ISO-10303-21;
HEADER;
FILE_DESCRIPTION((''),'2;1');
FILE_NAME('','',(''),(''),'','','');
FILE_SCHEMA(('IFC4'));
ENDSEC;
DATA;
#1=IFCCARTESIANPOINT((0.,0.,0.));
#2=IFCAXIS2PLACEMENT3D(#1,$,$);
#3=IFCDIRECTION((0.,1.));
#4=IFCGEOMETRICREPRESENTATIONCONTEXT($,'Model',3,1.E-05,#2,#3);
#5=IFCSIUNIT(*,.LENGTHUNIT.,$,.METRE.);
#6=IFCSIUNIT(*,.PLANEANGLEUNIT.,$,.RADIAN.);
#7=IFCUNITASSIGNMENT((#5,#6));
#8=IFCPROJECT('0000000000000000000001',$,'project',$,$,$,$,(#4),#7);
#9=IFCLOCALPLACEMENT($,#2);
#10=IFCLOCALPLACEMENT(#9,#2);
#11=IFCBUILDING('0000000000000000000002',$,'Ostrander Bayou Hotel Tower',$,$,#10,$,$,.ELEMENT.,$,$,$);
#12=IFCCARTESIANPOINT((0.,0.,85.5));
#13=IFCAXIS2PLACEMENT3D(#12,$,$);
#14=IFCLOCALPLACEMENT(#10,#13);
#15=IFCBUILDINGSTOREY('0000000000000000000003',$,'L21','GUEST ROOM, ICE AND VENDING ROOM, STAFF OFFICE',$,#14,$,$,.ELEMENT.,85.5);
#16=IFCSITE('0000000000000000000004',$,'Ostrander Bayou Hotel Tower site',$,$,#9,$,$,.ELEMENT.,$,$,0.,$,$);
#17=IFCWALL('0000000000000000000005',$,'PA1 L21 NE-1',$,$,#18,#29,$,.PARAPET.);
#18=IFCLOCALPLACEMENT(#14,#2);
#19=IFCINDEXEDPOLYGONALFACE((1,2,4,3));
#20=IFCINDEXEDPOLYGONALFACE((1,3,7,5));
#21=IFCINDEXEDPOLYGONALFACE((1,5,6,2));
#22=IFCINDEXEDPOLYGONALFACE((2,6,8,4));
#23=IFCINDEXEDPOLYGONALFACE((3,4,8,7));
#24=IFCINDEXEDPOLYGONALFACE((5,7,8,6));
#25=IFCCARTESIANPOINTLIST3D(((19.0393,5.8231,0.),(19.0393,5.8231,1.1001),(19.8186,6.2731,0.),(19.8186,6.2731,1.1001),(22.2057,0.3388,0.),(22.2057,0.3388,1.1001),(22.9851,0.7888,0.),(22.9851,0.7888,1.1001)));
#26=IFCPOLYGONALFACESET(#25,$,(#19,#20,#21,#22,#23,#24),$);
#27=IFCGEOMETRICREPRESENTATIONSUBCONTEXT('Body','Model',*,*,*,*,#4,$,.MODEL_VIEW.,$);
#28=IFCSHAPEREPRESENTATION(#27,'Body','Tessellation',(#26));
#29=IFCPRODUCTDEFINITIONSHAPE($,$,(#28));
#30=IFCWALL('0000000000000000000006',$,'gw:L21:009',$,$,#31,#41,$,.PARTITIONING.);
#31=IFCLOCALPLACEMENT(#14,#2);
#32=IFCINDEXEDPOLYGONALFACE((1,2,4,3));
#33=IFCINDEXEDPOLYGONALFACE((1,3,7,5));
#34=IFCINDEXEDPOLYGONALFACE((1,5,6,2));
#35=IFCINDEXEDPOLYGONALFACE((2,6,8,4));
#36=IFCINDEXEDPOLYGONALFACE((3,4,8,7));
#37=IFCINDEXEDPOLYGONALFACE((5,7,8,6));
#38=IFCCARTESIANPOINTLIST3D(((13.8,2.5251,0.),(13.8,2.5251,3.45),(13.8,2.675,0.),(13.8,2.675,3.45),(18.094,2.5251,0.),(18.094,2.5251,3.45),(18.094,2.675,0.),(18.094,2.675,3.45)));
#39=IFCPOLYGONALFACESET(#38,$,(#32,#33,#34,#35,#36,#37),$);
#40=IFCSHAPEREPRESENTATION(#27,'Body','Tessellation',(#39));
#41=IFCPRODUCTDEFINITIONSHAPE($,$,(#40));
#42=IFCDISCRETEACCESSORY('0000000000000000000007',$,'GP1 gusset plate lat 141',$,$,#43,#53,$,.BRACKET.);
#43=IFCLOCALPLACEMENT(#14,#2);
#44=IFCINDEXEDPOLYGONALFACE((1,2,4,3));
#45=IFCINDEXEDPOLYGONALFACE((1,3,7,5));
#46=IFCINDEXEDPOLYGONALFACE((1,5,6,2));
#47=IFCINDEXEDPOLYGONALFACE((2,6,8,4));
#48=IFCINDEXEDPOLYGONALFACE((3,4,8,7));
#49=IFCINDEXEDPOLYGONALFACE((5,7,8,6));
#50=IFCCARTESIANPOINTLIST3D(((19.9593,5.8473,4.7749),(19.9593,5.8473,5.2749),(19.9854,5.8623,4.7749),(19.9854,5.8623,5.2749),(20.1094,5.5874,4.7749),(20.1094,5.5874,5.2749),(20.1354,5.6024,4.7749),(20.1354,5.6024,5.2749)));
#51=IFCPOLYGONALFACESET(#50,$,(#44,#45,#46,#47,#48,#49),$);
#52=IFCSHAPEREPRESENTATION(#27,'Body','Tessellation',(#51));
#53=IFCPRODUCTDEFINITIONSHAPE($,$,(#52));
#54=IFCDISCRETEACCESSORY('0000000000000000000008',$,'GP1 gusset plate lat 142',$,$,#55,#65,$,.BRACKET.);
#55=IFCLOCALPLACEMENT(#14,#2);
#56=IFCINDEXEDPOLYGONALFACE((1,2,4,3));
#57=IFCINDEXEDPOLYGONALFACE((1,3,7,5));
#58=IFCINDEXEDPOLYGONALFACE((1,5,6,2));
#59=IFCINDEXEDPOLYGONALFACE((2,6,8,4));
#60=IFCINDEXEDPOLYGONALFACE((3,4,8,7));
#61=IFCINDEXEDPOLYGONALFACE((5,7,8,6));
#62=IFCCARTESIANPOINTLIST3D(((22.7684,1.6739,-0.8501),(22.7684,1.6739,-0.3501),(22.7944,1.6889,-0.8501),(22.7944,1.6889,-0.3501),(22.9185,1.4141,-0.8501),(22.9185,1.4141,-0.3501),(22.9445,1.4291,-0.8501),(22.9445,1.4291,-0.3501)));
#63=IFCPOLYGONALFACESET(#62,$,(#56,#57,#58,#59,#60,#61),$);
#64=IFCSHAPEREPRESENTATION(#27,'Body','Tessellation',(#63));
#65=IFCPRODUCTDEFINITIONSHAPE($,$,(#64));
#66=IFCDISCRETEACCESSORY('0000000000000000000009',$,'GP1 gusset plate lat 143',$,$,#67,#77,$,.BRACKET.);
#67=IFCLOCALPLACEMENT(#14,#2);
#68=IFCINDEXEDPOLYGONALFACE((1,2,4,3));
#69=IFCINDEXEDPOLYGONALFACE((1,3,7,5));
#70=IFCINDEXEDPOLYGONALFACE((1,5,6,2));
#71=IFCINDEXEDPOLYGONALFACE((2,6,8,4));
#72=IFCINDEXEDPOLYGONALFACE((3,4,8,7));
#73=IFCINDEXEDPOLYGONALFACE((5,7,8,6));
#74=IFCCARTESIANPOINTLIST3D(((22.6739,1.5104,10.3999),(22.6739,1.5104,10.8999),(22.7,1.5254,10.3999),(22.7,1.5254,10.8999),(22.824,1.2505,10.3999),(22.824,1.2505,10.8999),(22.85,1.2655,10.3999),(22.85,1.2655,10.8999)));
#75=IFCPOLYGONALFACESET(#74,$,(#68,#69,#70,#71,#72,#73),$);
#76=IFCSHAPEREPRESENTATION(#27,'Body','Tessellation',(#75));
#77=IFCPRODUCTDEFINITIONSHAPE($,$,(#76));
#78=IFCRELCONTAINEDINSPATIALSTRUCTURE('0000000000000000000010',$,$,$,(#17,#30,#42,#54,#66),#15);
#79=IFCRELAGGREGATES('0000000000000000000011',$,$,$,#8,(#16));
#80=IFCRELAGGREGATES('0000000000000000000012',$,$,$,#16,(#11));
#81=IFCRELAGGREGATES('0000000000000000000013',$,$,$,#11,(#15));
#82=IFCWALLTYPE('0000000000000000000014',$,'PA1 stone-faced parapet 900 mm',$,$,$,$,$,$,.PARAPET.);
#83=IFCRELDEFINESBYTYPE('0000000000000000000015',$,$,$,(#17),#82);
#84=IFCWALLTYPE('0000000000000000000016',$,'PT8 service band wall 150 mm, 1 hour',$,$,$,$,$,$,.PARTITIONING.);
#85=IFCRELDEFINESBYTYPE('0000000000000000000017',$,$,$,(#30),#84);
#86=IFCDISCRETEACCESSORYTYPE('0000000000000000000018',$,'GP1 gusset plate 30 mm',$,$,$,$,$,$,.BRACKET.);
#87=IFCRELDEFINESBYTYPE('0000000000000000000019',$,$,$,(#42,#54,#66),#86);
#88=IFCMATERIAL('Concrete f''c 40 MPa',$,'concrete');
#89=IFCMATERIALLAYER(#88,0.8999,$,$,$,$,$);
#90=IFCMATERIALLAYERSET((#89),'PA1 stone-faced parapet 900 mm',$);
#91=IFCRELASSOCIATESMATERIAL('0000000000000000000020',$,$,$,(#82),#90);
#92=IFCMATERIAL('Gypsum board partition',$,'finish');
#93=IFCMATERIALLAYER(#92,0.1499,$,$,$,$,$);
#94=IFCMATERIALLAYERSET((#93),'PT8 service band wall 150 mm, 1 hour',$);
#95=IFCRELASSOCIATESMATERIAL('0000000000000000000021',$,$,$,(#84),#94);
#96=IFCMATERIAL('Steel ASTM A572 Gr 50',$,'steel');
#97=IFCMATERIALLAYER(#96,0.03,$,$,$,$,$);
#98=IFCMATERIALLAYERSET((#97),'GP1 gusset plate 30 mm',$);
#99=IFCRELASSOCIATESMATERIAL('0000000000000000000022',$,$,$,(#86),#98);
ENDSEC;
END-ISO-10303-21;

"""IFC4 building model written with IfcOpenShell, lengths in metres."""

from ifc_helpers import new_model, si_unit, direction, frame, frame_2d, origin, origin_2d, place, context, subcontext, project, spatial, rectangle, extrude, material, layer, layer_set, type_object, element, save


model = new_model("IFC4")

# Units and contexts
model_context = context("Model", 3, precision=1e-05, world=origin(), true_north=direction((0.0, 1.0)))
body_context = subcontext(model_context, "Body", "Model", "MODEL_VIEW")
ifc_project = project(units=[si_unit("LENGTHUNIT", "METRE"), si_unit("PLANEANGLEUNIT", "RADIAN")], contexts=[model_context])

# Site, building, storey
site_placement = place(None, origin())
site = spatial("IfcSite", under=ifc_project, at=site_placement, Name="Ostrander Bayou Hotel Tower site", CompositionType="ELEMENT", RefElevation=0.0)
building_placement = place(site_placement, origin())
building = spatial("IfcBuilding", under=site, at=building_placement, Name="Ostrander Bayou Hotel Tower", CompositionType="ELEMENT")
storey_placement = place(building_placement, frame((0.0, 0.0, 85.5)))
storey = spatial("IfcBuildingStorey", under=building, at=storey_placement, Name="L21", Description="GUEST ROOM, ICE AND VENDING ROOM, STAFF OFFICE", CompositionType="ELEMENT", Elevation=85.5)

# Walls
ifc_material_1 = material(Name="Concrete f'c 40 MPa", Category="concrete")
ifc_layer_1 = layer(ifc_material_1, 0.8999)
ifc_layer_set_1 = layer_set([ifc_layer_1], Name="PA1 stone-faced parapet 900 mm")
wall_type_1 = type_object("IfcWallType", Name="PA1 stone-faced parapet 900 mm", PredefinedType="PARAPET", material=ifc_layer_set_1)
wall_1_placement = place(storey_placement, frame((22.5955, 0.5637, 0.0), z_axis=(0.0, 0.0, 1.0), x_axis=(-0.500012, 0.866019, 0.0)))
element("IfcWall", 1, at=wall_1_placement, inside=storey, type_object=wall_type_1, Name="PA1 L21 NE-1", PredefinedType="PARAPET", context=body_context, shape_type="SweptSolid", body=[
    extrude(rectangle(XDim=6.3328, YDim=0.8999, at=frame_2d((3.1665, 0.0))), origin(), (0.0, 0.0, 1.0), 1.1001),
])
ifc_material_2 = material(Name="Gypsum board partition", Category="finish")
ifc_layer_2 = layer(ifc_material_2, 0.1499)
ifc_layer_set_2 = layer_set([ifc_layer_2], Name="PT8 service band wall 150 mm, 1 hour")
wall_type_2 = type_object("IfcWallType", Name="PT8 service band wall 150 mm, 1 hour", PredefinedType="PARTITIONING", material=ifc_layer_set_2)
wall_2_placement = place(storey_placement, frame((13.8, 2.6001, 0.0), z_axis=(0.0, 0.0, 1.0), x_axis=(1.0, 0.0, 0.0)))
element("IfcWall", 2, at=wall_2_placement, inside=storey, type_object=wall_type_2, Name="gw:L21:009", PredefinedType="PARTITIONING", context=body_context, shape_type="SweptSolid", body=[
    extrude(rectangle(XDim=4.2939, YDim=0.1499, at=frame_2d((2.147, 0.0))), origin(), (0.0, 0.0, 1.0), 3.45),
])

# Discrete accessories
ifc_material_3 = material(Name="Steel ASTM A572 Gr 50", Category="steel")
ifc_layer_3 = layer(ifc_material_3, 0.03)
ifc_layer_set_3 = layer_set([ifc_layer_3], Name="GP1 gusset plate 30 mm")
discrete_accessory_type = type_object("IfcDiscreteAccessoryType", Name="GP1 gusset plate 30 mm", PredefinedType="BRACKET", material=ifc_layer_set_3)
for number, where, z_axis, x_axis, name in (
    (3, (20.0474, 5.7249, 4.7749), (0.0, 0.0, 1.0), (-0.5, 0.866025, 0.0), "GP1 gusset plate lat 141"),
    (4, (22.8564, 1.5515, -0.8501), (0.0, 0.0, 1.0), (-0.5, 0.866025, 0.0), "GP1 gusset plate lat 142"),
    (5, (22.762, 1.3879, 10.3999), (0.0, 0.0, 1.0), (-0.5, 0.866025, 0.0), "GP1 gusset plate lat 143"),
):
    element("IfcDiscreteAccessory", number, at=place(storey_placement, frame(where, z_axis=z_axis, x_axis=x_axis)), inside=storey, type_object=discrete_accessory_type, Name=name, PredefinedType="BRACKET", context=body_context, shape_type="SweptSolid", body=[
        extrude(rectangle(XDim=0.3, YDim=0.03, at=origin_2d()), origin(), (0.0, 0.0, 1.0), 0.5),
    ])

save(model, "model.ifc")
